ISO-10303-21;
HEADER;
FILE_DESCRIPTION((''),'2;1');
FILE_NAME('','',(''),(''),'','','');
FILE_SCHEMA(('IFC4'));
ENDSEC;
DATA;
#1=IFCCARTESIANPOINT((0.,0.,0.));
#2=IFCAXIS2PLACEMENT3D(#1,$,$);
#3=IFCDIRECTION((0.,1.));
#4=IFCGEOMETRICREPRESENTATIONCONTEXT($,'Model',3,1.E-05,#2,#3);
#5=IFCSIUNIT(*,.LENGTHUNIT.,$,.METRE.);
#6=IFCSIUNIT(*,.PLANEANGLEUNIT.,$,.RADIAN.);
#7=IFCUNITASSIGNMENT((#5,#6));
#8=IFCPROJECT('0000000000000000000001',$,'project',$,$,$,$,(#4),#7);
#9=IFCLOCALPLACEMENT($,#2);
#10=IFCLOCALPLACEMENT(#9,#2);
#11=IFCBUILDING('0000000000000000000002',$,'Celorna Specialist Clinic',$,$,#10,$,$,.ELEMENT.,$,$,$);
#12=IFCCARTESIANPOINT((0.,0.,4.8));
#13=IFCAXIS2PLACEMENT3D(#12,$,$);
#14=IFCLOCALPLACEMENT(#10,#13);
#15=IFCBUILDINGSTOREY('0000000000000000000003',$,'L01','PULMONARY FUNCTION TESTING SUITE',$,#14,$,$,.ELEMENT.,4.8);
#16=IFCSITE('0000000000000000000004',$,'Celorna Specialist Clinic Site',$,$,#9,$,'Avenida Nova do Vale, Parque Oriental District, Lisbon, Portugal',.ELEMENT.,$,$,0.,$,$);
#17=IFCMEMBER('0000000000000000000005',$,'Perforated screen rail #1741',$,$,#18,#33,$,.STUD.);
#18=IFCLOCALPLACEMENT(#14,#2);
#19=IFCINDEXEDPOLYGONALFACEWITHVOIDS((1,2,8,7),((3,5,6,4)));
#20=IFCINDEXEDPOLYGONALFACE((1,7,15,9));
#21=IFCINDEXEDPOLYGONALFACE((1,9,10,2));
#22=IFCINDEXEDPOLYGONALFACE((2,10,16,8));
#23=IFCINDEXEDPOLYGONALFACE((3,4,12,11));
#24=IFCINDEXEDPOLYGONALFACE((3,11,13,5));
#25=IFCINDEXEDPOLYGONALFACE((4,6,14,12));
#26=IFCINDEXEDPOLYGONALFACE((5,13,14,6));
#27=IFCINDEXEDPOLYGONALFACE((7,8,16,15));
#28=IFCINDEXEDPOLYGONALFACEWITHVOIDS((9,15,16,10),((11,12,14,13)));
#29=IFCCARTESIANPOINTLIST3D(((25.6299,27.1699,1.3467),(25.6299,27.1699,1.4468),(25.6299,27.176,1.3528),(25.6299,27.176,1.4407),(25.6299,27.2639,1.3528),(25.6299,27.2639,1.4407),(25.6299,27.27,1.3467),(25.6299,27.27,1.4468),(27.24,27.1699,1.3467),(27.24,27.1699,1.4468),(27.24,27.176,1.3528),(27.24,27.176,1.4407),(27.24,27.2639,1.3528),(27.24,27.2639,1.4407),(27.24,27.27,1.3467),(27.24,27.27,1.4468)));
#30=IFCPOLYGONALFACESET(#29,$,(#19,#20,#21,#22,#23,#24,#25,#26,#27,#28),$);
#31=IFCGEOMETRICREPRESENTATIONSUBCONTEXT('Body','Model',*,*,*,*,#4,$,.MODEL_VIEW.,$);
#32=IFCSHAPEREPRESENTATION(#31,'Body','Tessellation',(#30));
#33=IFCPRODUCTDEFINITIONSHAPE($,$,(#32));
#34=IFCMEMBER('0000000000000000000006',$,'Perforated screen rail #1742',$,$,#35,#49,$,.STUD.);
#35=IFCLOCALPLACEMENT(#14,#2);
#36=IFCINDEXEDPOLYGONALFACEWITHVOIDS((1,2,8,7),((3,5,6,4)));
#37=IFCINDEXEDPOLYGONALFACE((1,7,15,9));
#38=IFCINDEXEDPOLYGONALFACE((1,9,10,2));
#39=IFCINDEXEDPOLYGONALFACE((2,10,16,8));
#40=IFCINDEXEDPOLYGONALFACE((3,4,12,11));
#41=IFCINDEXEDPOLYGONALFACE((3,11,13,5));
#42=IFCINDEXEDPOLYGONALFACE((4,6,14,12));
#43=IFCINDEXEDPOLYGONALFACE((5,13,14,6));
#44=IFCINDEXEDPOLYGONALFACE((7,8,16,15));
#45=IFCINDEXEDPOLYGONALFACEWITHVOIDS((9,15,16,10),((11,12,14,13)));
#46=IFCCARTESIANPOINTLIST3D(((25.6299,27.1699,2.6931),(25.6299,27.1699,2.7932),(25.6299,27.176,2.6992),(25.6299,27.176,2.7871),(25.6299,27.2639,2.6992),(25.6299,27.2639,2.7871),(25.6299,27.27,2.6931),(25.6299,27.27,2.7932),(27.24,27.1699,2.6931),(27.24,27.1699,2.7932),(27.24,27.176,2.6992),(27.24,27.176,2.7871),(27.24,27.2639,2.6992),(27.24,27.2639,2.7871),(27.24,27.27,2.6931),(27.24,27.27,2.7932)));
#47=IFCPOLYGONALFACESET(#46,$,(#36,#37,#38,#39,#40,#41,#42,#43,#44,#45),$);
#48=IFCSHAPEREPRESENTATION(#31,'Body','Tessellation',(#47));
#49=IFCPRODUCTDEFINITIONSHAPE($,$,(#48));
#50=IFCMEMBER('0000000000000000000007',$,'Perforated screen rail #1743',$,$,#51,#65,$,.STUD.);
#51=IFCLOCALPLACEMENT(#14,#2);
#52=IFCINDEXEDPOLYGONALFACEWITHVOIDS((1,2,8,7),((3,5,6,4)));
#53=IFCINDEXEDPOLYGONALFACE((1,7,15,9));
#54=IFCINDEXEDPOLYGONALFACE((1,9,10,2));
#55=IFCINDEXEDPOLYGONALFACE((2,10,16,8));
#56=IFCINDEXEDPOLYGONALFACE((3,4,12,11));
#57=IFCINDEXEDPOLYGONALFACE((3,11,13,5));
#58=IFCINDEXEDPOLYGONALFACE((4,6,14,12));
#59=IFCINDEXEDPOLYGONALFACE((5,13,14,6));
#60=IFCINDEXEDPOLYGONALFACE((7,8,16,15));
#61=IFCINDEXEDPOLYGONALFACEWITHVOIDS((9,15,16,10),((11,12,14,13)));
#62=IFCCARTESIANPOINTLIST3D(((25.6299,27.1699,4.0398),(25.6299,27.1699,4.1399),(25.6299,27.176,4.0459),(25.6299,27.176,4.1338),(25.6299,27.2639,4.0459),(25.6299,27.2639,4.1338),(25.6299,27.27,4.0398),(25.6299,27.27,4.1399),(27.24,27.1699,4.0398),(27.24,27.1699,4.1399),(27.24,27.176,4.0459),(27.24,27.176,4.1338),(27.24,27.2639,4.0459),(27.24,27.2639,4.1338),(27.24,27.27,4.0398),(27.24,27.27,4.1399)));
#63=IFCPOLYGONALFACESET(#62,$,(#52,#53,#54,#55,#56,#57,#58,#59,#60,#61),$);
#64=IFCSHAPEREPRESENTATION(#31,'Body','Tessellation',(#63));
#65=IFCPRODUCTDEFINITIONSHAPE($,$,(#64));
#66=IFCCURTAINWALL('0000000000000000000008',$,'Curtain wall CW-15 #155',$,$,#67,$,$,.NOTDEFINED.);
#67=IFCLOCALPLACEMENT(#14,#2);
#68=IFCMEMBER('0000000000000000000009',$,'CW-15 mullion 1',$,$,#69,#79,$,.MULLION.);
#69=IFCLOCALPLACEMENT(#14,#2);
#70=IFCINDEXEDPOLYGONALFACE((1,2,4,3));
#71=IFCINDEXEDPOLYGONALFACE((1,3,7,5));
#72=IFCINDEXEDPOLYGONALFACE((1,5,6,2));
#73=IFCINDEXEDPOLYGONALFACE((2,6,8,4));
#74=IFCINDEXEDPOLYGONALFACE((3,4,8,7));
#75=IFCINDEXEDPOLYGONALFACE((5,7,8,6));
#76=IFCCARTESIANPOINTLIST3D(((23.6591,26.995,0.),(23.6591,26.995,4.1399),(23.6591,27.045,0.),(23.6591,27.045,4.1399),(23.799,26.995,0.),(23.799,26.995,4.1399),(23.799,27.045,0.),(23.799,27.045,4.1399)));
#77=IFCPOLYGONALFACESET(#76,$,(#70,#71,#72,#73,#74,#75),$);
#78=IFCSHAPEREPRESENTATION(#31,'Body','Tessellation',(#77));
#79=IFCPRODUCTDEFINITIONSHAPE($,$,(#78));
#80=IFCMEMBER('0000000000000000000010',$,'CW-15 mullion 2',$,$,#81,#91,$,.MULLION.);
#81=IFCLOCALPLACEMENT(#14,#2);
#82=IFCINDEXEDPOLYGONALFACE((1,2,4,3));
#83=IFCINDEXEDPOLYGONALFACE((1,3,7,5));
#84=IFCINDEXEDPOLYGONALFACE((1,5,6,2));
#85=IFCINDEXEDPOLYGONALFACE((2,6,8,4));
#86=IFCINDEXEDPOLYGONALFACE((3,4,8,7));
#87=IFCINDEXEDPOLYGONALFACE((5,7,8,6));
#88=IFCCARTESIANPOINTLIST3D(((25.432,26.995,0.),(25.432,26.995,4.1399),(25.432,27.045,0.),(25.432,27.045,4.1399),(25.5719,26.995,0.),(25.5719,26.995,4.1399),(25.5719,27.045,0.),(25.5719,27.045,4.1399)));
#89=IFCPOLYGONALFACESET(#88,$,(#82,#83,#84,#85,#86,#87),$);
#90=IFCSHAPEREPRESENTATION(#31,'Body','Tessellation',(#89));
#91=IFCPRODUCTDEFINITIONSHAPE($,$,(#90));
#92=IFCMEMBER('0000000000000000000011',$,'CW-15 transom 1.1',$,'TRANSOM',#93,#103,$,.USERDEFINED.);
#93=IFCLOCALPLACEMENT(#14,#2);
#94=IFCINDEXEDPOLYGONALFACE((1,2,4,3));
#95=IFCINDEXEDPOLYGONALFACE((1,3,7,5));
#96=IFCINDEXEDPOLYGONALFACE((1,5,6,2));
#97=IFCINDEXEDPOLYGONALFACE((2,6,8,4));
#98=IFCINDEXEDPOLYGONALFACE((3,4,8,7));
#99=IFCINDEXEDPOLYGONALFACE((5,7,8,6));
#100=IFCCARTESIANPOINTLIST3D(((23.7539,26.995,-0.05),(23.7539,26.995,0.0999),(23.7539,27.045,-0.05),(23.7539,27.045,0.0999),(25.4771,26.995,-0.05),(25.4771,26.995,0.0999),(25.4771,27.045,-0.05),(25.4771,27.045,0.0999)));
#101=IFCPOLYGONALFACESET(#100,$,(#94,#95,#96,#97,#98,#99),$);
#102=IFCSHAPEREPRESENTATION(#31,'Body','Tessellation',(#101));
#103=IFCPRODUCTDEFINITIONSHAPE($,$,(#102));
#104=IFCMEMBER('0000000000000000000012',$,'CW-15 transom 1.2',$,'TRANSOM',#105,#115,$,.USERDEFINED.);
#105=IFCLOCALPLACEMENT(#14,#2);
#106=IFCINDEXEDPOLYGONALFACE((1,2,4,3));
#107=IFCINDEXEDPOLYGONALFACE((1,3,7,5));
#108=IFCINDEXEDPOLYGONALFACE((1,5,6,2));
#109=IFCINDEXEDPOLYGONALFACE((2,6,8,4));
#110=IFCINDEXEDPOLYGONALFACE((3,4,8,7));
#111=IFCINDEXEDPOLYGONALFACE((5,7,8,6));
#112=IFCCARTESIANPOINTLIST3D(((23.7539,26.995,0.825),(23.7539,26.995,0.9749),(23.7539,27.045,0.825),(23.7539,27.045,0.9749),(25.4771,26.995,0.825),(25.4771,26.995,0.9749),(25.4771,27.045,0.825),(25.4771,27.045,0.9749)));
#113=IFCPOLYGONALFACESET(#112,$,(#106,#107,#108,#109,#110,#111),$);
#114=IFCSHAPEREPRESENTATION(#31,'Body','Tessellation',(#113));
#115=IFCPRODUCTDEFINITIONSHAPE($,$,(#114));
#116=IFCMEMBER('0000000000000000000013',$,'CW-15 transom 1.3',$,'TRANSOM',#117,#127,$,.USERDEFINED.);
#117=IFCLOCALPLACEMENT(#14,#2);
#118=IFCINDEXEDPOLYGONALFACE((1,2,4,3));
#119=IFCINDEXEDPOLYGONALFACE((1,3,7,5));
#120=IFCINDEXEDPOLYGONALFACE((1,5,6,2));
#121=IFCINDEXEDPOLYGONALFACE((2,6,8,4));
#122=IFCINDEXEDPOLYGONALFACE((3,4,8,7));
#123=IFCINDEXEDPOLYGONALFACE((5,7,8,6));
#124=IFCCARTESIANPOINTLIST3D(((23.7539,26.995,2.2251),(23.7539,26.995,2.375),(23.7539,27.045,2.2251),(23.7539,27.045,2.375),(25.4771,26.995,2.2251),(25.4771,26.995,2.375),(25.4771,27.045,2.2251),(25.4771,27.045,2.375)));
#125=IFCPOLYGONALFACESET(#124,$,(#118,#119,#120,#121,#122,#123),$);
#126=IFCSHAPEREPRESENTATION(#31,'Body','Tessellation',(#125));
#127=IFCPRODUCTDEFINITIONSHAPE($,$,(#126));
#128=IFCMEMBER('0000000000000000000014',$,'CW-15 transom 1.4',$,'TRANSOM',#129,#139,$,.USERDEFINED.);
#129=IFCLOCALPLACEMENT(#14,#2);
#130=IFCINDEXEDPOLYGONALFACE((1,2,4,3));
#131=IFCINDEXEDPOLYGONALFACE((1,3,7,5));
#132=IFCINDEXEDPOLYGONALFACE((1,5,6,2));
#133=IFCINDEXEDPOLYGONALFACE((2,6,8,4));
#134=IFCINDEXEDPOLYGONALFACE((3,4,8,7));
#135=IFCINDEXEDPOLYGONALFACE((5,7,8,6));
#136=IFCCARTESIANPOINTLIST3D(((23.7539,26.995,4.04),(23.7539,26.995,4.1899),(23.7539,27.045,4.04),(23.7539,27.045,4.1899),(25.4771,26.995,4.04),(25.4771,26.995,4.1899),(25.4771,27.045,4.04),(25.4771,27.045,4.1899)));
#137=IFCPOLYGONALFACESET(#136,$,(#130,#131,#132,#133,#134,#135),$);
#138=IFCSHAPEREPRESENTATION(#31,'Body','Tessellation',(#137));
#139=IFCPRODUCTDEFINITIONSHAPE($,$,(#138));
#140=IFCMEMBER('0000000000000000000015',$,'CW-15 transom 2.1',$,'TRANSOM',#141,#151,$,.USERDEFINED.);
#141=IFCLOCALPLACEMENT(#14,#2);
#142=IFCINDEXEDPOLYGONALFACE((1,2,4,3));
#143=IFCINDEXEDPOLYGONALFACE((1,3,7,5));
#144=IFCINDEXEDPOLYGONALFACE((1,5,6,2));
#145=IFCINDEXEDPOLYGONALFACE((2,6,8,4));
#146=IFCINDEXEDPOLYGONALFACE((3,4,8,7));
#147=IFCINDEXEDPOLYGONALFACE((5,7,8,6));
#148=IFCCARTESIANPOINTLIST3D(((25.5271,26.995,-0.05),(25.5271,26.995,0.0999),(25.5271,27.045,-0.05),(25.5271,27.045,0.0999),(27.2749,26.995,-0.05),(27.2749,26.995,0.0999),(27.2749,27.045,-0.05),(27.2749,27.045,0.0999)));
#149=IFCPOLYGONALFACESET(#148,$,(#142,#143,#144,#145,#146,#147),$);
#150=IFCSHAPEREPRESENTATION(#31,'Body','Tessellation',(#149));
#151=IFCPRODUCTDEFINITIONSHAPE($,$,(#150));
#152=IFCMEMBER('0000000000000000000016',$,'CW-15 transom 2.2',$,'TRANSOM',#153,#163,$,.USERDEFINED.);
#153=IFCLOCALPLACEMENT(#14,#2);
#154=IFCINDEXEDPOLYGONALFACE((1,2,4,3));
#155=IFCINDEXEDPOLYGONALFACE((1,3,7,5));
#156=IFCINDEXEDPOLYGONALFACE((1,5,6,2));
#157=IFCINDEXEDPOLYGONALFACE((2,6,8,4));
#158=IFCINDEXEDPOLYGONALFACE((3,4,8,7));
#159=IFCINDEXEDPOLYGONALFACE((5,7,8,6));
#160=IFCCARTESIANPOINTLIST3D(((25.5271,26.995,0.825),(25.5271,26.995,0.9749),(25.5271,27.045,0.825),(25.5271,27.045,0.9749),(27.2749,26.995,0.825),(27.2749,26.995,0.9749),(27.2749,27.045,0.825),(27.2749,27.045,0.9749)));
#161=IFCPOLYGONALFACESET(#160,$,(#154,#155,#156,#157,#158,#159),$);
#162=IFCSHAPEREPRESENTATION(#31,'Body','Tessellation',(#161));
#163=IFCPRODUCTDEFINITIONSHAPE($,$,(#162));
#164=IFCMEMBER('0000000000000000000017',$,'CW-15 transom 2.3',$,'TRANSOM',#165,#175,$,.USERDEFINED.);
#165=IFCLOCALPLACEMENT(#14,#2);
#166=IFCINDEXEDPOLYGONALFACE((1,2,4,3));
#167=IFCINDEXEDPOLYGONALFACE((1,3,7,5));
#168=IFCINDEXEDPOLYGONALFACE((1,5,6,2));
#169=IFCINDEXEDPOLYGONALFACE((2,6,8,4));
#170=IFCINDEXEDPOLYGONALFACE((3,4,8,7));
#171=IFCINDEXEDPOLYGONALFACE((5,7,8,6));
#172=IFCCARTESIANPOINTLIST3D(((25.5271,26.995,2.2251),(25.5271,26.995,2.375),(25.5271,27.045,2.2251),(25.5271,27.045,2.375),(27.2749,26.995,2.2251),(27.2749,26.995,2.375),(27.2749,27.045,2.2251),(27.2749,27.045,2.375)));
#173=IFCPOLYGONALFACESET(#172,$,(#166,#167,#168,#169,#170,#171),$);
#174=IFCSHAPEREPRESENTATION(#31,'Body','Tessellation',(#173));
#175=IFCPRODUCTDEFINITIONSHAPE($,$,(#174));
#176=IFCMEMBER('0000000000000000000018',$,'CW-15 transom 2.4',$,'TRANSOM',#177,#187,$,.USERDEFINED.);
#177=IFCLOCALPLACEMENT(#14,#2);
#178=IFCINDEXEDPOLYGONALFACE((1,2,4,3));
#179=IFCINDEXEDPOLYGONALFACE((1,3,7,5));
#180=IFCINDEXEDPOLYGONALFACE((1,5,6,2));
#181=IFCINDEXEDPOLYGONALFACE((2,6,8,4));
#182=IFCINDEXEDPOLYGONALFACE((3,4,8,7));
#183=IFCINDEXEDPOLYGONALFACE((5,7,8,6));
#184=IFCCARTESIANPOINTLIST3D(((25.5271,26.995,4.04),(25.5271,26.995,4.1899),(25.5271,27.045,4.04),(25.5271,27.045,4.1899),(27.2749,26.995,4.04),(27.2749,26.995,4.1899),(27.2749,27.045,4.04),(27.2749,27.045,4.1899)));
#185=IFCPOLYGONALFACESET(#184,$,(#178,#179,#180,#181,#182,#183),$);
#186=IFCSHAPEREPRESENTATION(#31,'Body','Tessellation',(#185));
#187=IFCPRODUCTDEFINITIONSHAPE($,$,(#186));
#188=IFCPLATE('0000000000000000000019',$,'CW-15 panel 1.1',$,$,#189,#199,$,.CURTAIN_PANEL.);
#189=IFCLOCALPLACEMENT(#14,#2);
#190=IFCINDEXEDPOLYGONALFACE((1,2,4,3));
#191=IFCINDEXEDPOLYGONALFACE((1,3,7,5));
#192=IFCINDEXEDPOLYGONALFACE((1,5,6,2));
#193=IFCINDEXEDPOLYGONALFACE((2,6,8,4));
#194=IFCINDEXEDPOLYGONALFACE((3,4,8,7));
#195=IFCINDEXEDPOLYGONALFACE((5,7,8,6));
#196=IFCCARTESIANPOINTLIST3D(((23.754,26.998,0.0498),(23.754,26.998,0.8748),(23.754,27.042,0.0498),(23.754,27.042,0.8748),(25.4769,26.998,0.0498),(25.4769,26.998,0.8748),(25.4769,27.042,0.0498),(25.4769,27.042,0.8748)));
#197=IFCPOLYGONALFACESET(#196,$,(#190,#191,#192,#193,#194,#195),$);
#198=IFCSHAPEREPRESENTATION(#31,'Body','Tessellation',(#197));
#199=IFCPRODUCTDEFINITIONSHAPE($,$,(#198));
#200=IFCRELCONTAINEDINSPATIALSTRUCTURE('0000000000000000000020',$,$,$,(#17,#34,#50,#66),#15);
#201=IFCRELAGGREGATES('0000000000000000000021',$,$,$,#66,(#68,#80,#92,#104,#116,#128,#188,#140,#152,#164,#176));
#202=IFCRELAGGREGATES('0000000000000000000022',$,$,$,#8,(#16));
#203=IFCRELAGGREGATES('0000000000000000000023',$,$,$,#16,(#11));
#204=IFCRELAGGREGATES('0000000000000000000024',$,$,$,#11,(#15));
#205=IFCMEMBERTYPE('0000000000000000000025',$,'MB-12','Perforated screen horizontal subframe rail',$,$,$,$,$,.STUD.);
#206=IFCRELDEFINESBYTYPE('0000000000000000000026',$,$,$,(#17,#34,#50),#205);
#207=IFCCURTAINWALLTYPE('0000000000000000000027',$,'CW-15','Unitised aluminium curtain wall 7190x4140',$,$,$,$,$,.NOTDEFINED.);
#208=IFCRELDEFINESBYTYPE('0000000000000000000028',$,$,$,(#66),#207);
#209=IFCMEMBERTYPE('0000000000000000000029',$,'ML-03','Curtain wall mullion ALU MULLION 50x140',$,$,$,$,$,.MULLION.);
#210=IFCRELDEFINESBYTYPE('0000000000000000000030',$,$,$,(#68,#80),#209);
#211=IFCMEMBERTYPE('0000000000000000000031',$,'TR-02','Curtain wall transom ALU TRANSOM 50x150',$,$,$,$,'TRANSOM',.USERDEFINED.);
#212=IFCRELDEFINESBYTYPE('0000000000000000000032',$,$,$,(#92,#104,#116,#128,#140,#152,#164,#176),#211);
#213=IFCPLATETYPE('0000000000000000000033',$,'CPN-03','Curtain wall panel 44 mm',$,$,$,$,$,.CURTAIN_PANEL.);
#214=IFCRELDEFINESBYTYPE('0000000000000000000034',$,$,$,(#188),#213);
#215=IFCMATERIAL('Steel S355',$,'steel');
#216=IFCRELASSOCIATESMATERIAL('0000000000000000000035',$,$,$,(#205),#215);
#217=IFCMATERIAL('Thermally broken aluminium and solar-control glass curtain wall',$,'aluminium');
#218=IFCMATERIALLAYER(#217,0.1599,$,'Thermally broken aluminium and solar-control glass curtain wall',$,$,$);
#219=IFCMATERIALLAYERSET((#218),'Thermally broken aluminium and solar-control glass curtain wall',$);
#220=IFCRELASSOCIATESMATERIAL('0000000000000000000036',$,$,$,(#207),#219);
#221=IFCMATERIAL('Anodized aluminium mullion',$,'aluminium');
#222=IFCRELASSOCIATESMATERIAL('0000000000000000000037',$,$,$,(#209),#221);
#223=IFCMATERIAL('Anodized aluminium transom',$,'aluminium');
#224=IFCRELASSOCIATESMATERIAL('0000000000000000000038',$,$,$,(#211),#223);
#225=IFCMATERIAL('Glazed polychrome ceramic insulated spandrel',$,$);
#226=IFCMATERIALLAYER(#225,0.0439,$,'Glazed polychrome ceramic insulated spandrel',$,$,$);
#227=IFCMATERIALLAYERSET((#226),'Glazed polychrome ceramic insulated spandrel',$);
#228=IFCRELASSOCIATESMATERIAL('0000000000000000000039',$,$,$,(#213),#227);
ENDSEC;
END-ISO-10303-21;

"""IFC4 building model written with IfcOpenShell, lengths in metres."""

from ifc_helpers import new_model, si_unit, direction, frame, origin, origin_2d, place, context, subcontext, project, spatial, rectangle, hollow_rectangle, extrude, material, layer, layer_set, material_profile, profile_set, type_object, element, aggregate, save


model = new_model("IFC4")

# Units and contexts
model_context = context("Model", 3, precision=1e-05, world=origin(), true_north=direction((0.0, 1.0)))
body_context = subcontext(model_context, "Body", "Model", "MODEL_VIEW")
ifc_project = project(units=[si_unit("LENGTHUNIT", "METRE"), si_unit("PLANEANGLEUNIT", "RADIAN")], contexts=[model_context])

# Site, building, storey
site_placement = place(None, origin())
site = spatial("IfcSite", under=ifc_project, at=site_placement, Name="Celorna Specialist Clinic Site", LongName="Avenida Nova do Vale, Parque Oriental District, Lisbon, Portugal", CompositionType="ELEMENT", RefElevation=0.0)
building_placement = place(site_placement, origin())
building = spatial("IfcBuilding", under=site, at=building_placement, Name="Celorna Specialist Clinic", CompositionType="ELEMENT")
storey_placement = place(building_placement, frame((0.0, 0.0, 4.8)))
storey = spatial("IfcBuildingStorey", under=building, at=storey_placement, Name="L01", Description="PULMONARY FUNCTION TESTING SUITE", CompositionType="ELEMENT", Elevation=4.8)

# Shared definitions
ifc_material_1 = material(Name="Steel S355", Category="steel")

# Members
ifc_material_profile_1 = material_profile(ifc_material_1, hollow_rectangle(XDim=0.1001, YDim=0.1001, WallThickness=0.0061, at=origin_2d()), Name="SHS 100x100x6")
ifc_profile_set_1 = profile_set([ifc_material_profile_1], Name="Steel S355")
member_type_1 = type_object("IfcMemberType", Name="MB-12", Description="Perforated screen horizontal subframe rail", PredefinedType="STUD", material=ifc_profile_set_1)
for number, where, z_axis, x_axis, name in (
    (1, (25.6299, 27.22, 1.3967), (1.0, 0.0, 0.0), (0.0, 1.0, 0.0), "Perforated screen rail #1741"),
    (2, (25.6299, 27.22, 2.7432), (1.0, 0.0, 0.0), (0.0, 1.0, 0.0), "Perforated screen rail #1742"),
    (3, (25.6299, 27.22, 4.0898), (1.0, 0.0, 0.0), (0.0, 1.0, 0.0), "Perforated screen rail #1743"),
):
    element("IfcMember", number, at=place(storey_placement, frame(where, z_axis=z_axis, x_axis=x_axis)), inside=storey, type_object=member_type_1, Name=name, PredefinedType="STUD", context=body_context, shape_type="SweptSolid", body=[
        extrude(hollow_rectangle(XDim=0.1001, YDim=0.1001, WallThickness=0.0061, at=origin_2d()), origin(), (0.0, 0.0, 1.0), 1.6101),
    ])

# Curtain wall, members, plate
ifc_material_2 = material(Name="Thermally broken aluminium and solar-control glass curtain wall", Category="aluminium")
ifc_layer_1 = layer(ifc_material_2, 0.1599, Name="Thermally broken aluminium and solar-control glass curtain wall")
ifc_layer_set_1 = layer_set([ifc_layer_1], Name="Thermally broken aluminium and solar-control glass curtain wall")
curtain_wall_type = type_object("IfcCurtainWallType", Name="CW-15", Description="Unitised aluminium curtain wall 7190x4140", PredefinedType="NOTDEFINED", material=ifc_layer_set_1)
curtain_wall_placement = place(storey_placement, origin())
curtain_wall = element("IfcCurtainWall", 4, at=curtain_wall_placement, inside=storey, type_object=curtain_wall_type, Name="Curtain wall CW-15 #155", PredefinedType="NOTDEFINED")
ifc_material_3 = material(Name="Anodized aluminium mullion", Category="aluminium")
ifc_material_profile_2 = material_profile(ifc_material_3, rectangle(XDim=0.05, YDim=0.1399, at=origin_2d()), Name="ALU MULLION 50x140")
ifc_profile_set_2 = profile_set([ifc_material_profile_2], Name="Anodized aluminium mullion")
member_type_2 = type_object("IfcMemberType", Name="ML-03", Description="Curtain wall mullion ALU MULLION 50x140", PredefinedType="MULLION", material=ifc_profile_set_2)
member_1_placement = place(storey_placement, frame((23.729, 27.02, 0.0), z_axis=(0.0, 0.0, 1.0), x_axis=(0.0, 1.0, 0.0)))
member_1 = element("IfcMember", 5, at=member_1_placement, type_object=member_type_2, Name="CW-15 mullion 1", PredefinedType="MULLION", context=body_context, shape_type="SweptSolid", body=[
    extrude(rectangle(XDim=0.05, YDim=0.1399, at=origin_2d()), origin(), (0.0, 0.0, 1.0), 4.1399),
])
member_2_placement = place(storey_placement, frame((25.502, 27.02, 0.0), z_axis=(0.0, 0.0, 1.0), x_axis=(0.0, 1.0, 0.0)))
member_2 = element("IfcMember", 6, at=member_2_placement, type_object=member_type_2, Name="CW-15 mullion 2", PredefinedType="MULLION", context=body_context, shape_type="SweptSolid", body=[
    extrude(rectangle(XDim=0.05, YDim=0.1399, at=origin_2d()), origin(), (0.0, 0.0, 1.0), 4.1399),
])
ifc_material_4 = material(Name="Anodized aluminium transom", Category="aluminium")
ifc_material_profile_3 = material_profile(ifc_material_4, rectangle(XDim=0.05, YDim=0.1499, at=origin_2d()), Name="ALU TRANSOM 50x150")
ifc_profile_set_3 = profile_set([ifc_material_profile_3], Name="Anodized aluminium transom")
member_type_3 = type_object("IfcMemberType", Name="TR-02", Description="Curtain wall transom ALU TRANSOM 50x150", ElementType="TRANSOM", PredefinedType="USERDEFINED", material=ifc_profile_set_3)
member_3_placement = place(storey_placement, frame((23.7539, 27.02, 0.0249), z_axis=(1.0, 0.0, 0.0), x_axis=(0.0, 1.0, 0.0)))
member_3 = element("IfcMember", 7, at=member_3_placement, type_object=member_type_3, Name="CW-15 transom 1.1", ObjectType="TRANSOM", PredefinedType="USERDEFINED", context=body_context, shape_type="SweptSolid", body=[
    extrude(rectangle(XDim=0.05, YDim=0.1499, at=origin_2d()), origin(), (0.0, 0.0, 1.0), 1.7231),
])
member_4_placement = place(storey_placement, frame((23.7539, 27.02, 0.8999), z_axis=(1.0, 0.0, 0.0), x_axis=(0.0, 1.0, 0.0)))
member_4 = element("IfcMember", 8, at=member_4_placement, type_object=member_type_3, Name="CW-15 transom 1.2", ObjectType="TRANSOM", PredefinedType="USERDEFINED", context=body_context, shape_type="SweptSolid", body=[
    extrude(rectangle(XDim=0.05, YDim=0.1499, at=origin_2d()), origin(), (0.0, 0.0, 1.0), 1.7231),
])
member_5_placement = place(storey_placement, frame((23.7539, 27.02, 2.3), z_axis=(1.0, 0.0, 0.0), x_axis=(0.0, 1.0, 0.0)))
member_5 = element("IfcMember", 9, at=member_5_placement, type_object=member_type_3, Name="CW-15 transom 1.3", ObjectType="TRANSOM", PredefinedType="USERDEFINED", context=body_context, shape_type="SweptSolid", body=[
    extrude(rectangle(XDim=0.05, YDim=0.1499, at=origin_2d()), origin(), (0.0, 0.0, 1.0), 1.7231),
])
member_6_placement = place(storey_placement, frame((23.7539, 27.02, 4.115), z_axis=(1.0, 0.0, 0.0), x_axis=(0.0, 1.0, 0.0)))
member_6 = element("IfcMember", 10, at=member_6_placement, type_object=member_type_3, Name="CW-15 transom 1.4", ObjectType="TRANSOM", PredefinedType="USERDEFINED", context=body_context, shape_type="SweptSolid", body=[
    extrude(rectangle(XDim=0.05, YDim=0.1499, at=origin_2d()), origin(), (0.0, 0.0, 1.0), 1.7231),
])
member_7_placement = place(storey_placement, frame((25.5271, 27.02, 0.0249), z_axis=(1.0, 0.0, 0.0), x_axis=(0.0, 1.0, 0.0)))
member_7 = element("IfcMember", 11, at=member_7_placement, type_object=member_type_3, Name="CW-15 transom 2.1", ObjectType="TRANSOM", PredefinedType="USERDEFINED", context=body_context, shape_type="SweptSolid", body=[
    extrude(rectangle(XDim=0.05, YDim=0.1499, at=origin_2d()), origin(), (0.0, 0.0, 1.0), 1.7478),
])
member_8_placement = place(storey_placement, frame((25.5271, 27.02, 0.8999), z_axis=(1.0, 0.0, 0.0), x_axis=(0.0, 1.0, 0.0)))
member_8 = element("IfcMember", 12, at=member_8_placement, type_object=member_type_3, Name="CW-15 transom 2.2", ObjectType="TRANSOM", PredefinedType="USERDEFINED", context=body_context, shape_type="SweptSolid", body=[
    extrude(rectangle(XDim=0.05, YDim=0.1499, at=origin_2d()), origin(), (0.0, 0.0, 1.0), 1.7478),
])
member_9_placement = place(storey_placement, frame((25.5271, 27.02, 2.3), z_axis=(1.0, 0.0, 0.0), x_axis=(0.0, 1.0, 0.0)))
member_9 = element("IfcMember", 13, at=member_9_placement, type_object=member_type_3, Name="CW-15 transom 2.3", ObjectType="TRANSOM", PredefinedType="USERDEFINED", context=body_context, shape_type="SweptSolid", body=[
    extrude(rectangle(XDim=0.05, YDim=0.1499, at=origin_2d()), origin(), (0.0, 0.0, 1.0), 1.7478),
])
member_10_placement = place(storey_placement, frame((25.5271, 27.02, 4.115), z_axis=(1.0, 0.0, 0.0), x_axis=(0.0, 1.0, 0.0)))
member_10 = element("IfcMember", 14, at=member_10_placement, type_object=member_type_3, Name="CW-15 transom 2.4", ObjectType="TRANSOM", PredefinedType="USERDEFINED", context=body_context, shape_type="SweptSolid", body=[
    extrude(rectangle(XDim=0.05, YDim=0.1499, at=origin_2d()), origin(), (0.0, 0.0, 1.0), 1.7478),
])
ifc_material_5 = material(Name="Glazed polychrome ceramic insulated spandrel")
ifc_layer_2 = layer(ifc_material_5, 0.0439, Name="Glazed polychrome ceramic insulated spandrel")
ifc_layer_set_2 = layer_set([ifc_layer_2], Name="Glazed polychrome ceramic insulated spandrel")
plate_type_1 = type_object("IfcPlateType", Name="CPN-03", Description="Curtain wall panel 44 mm", PredefinedType="CURTAIN_PANEL", material=ifc_layer_set_2)
plate_1_placement = place(storey_placement, frame((24.6155, 27.02, 0.0498), z_axis=(0.0, 0.0, 1.0), x_axis=(1.0, 0.0, 0.0)))
plate_1 = element("IfcPlate", 15, at=plate_1_placement, type_object=plate_type_1, Name="CW-15 panel 1.1", PredefinedType="CURTAIN_PANEL", context=body_context, shape_type="SweptSolid", body=[
    extrude(rectangle(XDim=1.7229, YDim=0.0439, at=origin_2d()), origin(), (0.0, 0.0, 1.0), 0.825),
])
aggregate(curtain_wall, [member_1, member_2, member_3, member_4, member_5, member_6, plate_1, member_7, member_8, member_9, member_10])

save(model, "model.ifc")
